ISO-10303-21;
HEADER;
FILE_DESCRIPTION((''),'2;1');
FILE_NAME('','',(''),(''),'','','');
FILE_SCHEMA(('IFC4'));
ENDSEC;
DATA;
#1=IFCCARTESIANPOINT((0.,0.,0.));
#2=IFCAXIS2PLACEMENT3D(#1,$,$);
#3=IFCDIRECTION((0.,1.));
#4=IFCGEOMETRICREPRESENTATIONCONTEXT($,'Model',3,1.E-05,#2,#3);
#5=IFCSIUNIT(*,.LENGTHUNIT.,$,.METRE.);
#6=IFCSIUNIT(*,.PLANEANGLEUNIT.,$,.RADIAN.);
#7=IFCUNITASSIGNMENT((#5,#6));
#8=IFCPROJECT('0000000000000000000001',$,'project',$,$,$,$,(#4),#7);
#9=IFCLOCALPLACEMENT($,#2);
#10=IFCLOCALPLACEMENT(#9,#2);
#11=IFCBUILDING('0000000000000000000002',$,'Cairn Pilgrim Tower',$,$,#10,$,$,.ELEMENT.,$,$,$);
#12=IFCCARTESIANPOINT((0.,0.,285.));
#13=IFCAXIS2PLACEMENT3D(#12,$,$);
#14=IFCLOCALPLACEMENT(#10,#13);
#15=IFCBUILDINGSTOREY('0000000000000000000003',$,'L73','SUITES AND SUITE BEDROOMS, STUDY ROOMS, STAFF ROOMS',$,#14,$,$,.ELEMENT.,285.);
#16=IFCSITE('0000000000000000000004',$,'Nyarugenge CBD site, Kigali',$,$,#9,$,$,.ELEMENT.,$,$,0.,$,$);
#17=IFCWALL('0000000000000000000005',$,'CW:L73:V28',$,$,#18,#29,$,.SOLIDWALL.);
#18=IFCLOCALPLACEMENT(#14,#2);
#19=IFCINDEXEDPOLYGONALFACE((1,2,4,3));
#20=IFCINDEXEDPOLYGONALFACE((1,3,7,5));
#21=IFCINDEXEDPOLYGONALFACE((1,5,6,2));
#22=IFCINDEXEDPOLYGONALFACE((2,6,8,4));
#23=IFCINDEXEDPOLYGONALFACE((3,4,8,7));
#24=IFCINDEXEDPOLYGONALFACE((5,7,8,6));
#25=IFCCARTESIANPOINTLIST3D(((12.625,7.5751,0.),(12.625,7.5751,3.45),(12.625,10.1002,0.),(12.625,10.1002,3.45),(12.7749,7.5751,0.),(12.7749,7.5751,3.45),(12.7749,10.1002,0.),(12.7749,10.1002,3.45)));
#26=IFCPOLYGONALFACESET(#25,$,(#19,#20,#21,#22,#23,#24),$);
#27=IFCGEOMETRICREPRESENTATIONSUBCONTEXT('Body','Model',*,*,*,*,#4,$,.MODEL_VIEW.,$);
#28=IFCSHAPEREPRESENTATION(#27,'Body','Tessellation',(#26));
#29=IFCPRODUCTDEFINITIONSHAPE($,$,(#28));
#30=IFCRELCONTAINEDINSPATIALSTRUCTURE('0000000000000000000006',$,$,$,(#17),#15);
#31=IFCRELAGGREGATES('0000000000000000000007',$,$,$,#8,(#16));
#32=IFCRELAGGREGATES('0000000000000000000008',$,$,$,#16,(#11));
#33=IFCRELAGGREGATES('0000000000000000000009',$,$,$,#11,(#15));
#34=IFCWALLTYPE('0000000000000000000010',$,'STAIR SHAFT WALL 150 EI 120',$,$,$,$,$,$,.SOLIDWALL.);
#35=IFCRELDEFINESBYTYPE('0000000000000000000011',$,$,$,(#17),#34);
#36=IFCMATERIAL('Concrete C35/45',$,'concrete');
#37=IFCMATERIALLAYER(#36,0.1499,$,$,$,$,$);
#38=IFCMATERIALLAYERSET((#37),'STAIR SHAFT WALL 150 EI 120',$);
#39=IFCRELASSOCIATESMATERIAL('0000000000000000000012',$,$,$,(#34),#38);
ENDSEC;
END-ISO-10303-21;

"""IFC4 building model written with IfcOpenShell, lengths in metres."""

from ifc_helpers import new_model, si_unit, direction, frame, frame_2d, origin, place, context, subcontext, project, spatial, rectangle, extrude, material, layer, layer_set, type_object, element, save


model = new_model("IFC4")

# Units and contexts
model_context = context("Model", 3, precision=1e-05, world=origin(), true_north=direction((0.0, 1.0)))
body_context = subcontext(model_context, "Body", "Model", "MODEL_VIEW")
ifc_project = project(units=[si_unit("LENGTHUNIT", "METRE"), si_unit("PLANEANGLEUNIT", "RADIAN")], contexts=[model_context])

# Site, building, storey
site_placement = place(None, origin())
site = spatial("IfcSite", under=ifc_project, at=site_placement, Name="Nyarugenge CBD site, Kigali", CompositionType="ELEMENT", RefElevation=0.0)
building_placement = place(site_placement, origin())
building = spatial("IfcBuilding", under=site, at=building_placement, Name="Cairn Pilgrim Tower", CompositionType="ELEMENT")
storey_placement = place(building_placement, frame((0.0, 0.0, 285.0)))
storey = spatial("IfcBuildingStorey", under=building, at=storey_placement, Name="L73", Description="SUITES AND SUITE BEDROOMS, STUDY ROOMS, STAFF ROOMS", CompositionType="ELEMENT", Elevation=285.0)

# Wall
ifc_material_1 = material(Name="Concrete C35/45", Category="concrete")
ifc_layer_1 = layer(ifc_material_1, 0.1499)
ifc_layer_set_1 = layer_set([ifc_layer_1], Name="STAIR SHAFT WALL 150 EI 120")
wall_type_1 = type_object("IfcWallType", Name="STAIR SHAFT WALL 150 EI 120", PredefinedType="SOLIDWALL", material=ifc_layer_set_1)
wall_1_placement = place(storey_placement, frame((12.7, 7.575, 0.0), z_axis=(0.0, 0.0, 1.0), x_axis=(0.0, 1.0, 0.0)))
element("IfcWall", 1, at=wall_1_placement, inside=storey, type_object=wall_type_1, Name="CW:L73:V28", PredefinedType="SOLIDWALL", context=body_context, shape_type="SweptSolid", body=[
    extrude(rectangle(XDim=2.5251, YDim=0.1499, at=frame_2d((1.2627, 0.0))), origin(), (0.0, 0.0, 1.0), 3.45),
])

save(model, "model.ifc")
